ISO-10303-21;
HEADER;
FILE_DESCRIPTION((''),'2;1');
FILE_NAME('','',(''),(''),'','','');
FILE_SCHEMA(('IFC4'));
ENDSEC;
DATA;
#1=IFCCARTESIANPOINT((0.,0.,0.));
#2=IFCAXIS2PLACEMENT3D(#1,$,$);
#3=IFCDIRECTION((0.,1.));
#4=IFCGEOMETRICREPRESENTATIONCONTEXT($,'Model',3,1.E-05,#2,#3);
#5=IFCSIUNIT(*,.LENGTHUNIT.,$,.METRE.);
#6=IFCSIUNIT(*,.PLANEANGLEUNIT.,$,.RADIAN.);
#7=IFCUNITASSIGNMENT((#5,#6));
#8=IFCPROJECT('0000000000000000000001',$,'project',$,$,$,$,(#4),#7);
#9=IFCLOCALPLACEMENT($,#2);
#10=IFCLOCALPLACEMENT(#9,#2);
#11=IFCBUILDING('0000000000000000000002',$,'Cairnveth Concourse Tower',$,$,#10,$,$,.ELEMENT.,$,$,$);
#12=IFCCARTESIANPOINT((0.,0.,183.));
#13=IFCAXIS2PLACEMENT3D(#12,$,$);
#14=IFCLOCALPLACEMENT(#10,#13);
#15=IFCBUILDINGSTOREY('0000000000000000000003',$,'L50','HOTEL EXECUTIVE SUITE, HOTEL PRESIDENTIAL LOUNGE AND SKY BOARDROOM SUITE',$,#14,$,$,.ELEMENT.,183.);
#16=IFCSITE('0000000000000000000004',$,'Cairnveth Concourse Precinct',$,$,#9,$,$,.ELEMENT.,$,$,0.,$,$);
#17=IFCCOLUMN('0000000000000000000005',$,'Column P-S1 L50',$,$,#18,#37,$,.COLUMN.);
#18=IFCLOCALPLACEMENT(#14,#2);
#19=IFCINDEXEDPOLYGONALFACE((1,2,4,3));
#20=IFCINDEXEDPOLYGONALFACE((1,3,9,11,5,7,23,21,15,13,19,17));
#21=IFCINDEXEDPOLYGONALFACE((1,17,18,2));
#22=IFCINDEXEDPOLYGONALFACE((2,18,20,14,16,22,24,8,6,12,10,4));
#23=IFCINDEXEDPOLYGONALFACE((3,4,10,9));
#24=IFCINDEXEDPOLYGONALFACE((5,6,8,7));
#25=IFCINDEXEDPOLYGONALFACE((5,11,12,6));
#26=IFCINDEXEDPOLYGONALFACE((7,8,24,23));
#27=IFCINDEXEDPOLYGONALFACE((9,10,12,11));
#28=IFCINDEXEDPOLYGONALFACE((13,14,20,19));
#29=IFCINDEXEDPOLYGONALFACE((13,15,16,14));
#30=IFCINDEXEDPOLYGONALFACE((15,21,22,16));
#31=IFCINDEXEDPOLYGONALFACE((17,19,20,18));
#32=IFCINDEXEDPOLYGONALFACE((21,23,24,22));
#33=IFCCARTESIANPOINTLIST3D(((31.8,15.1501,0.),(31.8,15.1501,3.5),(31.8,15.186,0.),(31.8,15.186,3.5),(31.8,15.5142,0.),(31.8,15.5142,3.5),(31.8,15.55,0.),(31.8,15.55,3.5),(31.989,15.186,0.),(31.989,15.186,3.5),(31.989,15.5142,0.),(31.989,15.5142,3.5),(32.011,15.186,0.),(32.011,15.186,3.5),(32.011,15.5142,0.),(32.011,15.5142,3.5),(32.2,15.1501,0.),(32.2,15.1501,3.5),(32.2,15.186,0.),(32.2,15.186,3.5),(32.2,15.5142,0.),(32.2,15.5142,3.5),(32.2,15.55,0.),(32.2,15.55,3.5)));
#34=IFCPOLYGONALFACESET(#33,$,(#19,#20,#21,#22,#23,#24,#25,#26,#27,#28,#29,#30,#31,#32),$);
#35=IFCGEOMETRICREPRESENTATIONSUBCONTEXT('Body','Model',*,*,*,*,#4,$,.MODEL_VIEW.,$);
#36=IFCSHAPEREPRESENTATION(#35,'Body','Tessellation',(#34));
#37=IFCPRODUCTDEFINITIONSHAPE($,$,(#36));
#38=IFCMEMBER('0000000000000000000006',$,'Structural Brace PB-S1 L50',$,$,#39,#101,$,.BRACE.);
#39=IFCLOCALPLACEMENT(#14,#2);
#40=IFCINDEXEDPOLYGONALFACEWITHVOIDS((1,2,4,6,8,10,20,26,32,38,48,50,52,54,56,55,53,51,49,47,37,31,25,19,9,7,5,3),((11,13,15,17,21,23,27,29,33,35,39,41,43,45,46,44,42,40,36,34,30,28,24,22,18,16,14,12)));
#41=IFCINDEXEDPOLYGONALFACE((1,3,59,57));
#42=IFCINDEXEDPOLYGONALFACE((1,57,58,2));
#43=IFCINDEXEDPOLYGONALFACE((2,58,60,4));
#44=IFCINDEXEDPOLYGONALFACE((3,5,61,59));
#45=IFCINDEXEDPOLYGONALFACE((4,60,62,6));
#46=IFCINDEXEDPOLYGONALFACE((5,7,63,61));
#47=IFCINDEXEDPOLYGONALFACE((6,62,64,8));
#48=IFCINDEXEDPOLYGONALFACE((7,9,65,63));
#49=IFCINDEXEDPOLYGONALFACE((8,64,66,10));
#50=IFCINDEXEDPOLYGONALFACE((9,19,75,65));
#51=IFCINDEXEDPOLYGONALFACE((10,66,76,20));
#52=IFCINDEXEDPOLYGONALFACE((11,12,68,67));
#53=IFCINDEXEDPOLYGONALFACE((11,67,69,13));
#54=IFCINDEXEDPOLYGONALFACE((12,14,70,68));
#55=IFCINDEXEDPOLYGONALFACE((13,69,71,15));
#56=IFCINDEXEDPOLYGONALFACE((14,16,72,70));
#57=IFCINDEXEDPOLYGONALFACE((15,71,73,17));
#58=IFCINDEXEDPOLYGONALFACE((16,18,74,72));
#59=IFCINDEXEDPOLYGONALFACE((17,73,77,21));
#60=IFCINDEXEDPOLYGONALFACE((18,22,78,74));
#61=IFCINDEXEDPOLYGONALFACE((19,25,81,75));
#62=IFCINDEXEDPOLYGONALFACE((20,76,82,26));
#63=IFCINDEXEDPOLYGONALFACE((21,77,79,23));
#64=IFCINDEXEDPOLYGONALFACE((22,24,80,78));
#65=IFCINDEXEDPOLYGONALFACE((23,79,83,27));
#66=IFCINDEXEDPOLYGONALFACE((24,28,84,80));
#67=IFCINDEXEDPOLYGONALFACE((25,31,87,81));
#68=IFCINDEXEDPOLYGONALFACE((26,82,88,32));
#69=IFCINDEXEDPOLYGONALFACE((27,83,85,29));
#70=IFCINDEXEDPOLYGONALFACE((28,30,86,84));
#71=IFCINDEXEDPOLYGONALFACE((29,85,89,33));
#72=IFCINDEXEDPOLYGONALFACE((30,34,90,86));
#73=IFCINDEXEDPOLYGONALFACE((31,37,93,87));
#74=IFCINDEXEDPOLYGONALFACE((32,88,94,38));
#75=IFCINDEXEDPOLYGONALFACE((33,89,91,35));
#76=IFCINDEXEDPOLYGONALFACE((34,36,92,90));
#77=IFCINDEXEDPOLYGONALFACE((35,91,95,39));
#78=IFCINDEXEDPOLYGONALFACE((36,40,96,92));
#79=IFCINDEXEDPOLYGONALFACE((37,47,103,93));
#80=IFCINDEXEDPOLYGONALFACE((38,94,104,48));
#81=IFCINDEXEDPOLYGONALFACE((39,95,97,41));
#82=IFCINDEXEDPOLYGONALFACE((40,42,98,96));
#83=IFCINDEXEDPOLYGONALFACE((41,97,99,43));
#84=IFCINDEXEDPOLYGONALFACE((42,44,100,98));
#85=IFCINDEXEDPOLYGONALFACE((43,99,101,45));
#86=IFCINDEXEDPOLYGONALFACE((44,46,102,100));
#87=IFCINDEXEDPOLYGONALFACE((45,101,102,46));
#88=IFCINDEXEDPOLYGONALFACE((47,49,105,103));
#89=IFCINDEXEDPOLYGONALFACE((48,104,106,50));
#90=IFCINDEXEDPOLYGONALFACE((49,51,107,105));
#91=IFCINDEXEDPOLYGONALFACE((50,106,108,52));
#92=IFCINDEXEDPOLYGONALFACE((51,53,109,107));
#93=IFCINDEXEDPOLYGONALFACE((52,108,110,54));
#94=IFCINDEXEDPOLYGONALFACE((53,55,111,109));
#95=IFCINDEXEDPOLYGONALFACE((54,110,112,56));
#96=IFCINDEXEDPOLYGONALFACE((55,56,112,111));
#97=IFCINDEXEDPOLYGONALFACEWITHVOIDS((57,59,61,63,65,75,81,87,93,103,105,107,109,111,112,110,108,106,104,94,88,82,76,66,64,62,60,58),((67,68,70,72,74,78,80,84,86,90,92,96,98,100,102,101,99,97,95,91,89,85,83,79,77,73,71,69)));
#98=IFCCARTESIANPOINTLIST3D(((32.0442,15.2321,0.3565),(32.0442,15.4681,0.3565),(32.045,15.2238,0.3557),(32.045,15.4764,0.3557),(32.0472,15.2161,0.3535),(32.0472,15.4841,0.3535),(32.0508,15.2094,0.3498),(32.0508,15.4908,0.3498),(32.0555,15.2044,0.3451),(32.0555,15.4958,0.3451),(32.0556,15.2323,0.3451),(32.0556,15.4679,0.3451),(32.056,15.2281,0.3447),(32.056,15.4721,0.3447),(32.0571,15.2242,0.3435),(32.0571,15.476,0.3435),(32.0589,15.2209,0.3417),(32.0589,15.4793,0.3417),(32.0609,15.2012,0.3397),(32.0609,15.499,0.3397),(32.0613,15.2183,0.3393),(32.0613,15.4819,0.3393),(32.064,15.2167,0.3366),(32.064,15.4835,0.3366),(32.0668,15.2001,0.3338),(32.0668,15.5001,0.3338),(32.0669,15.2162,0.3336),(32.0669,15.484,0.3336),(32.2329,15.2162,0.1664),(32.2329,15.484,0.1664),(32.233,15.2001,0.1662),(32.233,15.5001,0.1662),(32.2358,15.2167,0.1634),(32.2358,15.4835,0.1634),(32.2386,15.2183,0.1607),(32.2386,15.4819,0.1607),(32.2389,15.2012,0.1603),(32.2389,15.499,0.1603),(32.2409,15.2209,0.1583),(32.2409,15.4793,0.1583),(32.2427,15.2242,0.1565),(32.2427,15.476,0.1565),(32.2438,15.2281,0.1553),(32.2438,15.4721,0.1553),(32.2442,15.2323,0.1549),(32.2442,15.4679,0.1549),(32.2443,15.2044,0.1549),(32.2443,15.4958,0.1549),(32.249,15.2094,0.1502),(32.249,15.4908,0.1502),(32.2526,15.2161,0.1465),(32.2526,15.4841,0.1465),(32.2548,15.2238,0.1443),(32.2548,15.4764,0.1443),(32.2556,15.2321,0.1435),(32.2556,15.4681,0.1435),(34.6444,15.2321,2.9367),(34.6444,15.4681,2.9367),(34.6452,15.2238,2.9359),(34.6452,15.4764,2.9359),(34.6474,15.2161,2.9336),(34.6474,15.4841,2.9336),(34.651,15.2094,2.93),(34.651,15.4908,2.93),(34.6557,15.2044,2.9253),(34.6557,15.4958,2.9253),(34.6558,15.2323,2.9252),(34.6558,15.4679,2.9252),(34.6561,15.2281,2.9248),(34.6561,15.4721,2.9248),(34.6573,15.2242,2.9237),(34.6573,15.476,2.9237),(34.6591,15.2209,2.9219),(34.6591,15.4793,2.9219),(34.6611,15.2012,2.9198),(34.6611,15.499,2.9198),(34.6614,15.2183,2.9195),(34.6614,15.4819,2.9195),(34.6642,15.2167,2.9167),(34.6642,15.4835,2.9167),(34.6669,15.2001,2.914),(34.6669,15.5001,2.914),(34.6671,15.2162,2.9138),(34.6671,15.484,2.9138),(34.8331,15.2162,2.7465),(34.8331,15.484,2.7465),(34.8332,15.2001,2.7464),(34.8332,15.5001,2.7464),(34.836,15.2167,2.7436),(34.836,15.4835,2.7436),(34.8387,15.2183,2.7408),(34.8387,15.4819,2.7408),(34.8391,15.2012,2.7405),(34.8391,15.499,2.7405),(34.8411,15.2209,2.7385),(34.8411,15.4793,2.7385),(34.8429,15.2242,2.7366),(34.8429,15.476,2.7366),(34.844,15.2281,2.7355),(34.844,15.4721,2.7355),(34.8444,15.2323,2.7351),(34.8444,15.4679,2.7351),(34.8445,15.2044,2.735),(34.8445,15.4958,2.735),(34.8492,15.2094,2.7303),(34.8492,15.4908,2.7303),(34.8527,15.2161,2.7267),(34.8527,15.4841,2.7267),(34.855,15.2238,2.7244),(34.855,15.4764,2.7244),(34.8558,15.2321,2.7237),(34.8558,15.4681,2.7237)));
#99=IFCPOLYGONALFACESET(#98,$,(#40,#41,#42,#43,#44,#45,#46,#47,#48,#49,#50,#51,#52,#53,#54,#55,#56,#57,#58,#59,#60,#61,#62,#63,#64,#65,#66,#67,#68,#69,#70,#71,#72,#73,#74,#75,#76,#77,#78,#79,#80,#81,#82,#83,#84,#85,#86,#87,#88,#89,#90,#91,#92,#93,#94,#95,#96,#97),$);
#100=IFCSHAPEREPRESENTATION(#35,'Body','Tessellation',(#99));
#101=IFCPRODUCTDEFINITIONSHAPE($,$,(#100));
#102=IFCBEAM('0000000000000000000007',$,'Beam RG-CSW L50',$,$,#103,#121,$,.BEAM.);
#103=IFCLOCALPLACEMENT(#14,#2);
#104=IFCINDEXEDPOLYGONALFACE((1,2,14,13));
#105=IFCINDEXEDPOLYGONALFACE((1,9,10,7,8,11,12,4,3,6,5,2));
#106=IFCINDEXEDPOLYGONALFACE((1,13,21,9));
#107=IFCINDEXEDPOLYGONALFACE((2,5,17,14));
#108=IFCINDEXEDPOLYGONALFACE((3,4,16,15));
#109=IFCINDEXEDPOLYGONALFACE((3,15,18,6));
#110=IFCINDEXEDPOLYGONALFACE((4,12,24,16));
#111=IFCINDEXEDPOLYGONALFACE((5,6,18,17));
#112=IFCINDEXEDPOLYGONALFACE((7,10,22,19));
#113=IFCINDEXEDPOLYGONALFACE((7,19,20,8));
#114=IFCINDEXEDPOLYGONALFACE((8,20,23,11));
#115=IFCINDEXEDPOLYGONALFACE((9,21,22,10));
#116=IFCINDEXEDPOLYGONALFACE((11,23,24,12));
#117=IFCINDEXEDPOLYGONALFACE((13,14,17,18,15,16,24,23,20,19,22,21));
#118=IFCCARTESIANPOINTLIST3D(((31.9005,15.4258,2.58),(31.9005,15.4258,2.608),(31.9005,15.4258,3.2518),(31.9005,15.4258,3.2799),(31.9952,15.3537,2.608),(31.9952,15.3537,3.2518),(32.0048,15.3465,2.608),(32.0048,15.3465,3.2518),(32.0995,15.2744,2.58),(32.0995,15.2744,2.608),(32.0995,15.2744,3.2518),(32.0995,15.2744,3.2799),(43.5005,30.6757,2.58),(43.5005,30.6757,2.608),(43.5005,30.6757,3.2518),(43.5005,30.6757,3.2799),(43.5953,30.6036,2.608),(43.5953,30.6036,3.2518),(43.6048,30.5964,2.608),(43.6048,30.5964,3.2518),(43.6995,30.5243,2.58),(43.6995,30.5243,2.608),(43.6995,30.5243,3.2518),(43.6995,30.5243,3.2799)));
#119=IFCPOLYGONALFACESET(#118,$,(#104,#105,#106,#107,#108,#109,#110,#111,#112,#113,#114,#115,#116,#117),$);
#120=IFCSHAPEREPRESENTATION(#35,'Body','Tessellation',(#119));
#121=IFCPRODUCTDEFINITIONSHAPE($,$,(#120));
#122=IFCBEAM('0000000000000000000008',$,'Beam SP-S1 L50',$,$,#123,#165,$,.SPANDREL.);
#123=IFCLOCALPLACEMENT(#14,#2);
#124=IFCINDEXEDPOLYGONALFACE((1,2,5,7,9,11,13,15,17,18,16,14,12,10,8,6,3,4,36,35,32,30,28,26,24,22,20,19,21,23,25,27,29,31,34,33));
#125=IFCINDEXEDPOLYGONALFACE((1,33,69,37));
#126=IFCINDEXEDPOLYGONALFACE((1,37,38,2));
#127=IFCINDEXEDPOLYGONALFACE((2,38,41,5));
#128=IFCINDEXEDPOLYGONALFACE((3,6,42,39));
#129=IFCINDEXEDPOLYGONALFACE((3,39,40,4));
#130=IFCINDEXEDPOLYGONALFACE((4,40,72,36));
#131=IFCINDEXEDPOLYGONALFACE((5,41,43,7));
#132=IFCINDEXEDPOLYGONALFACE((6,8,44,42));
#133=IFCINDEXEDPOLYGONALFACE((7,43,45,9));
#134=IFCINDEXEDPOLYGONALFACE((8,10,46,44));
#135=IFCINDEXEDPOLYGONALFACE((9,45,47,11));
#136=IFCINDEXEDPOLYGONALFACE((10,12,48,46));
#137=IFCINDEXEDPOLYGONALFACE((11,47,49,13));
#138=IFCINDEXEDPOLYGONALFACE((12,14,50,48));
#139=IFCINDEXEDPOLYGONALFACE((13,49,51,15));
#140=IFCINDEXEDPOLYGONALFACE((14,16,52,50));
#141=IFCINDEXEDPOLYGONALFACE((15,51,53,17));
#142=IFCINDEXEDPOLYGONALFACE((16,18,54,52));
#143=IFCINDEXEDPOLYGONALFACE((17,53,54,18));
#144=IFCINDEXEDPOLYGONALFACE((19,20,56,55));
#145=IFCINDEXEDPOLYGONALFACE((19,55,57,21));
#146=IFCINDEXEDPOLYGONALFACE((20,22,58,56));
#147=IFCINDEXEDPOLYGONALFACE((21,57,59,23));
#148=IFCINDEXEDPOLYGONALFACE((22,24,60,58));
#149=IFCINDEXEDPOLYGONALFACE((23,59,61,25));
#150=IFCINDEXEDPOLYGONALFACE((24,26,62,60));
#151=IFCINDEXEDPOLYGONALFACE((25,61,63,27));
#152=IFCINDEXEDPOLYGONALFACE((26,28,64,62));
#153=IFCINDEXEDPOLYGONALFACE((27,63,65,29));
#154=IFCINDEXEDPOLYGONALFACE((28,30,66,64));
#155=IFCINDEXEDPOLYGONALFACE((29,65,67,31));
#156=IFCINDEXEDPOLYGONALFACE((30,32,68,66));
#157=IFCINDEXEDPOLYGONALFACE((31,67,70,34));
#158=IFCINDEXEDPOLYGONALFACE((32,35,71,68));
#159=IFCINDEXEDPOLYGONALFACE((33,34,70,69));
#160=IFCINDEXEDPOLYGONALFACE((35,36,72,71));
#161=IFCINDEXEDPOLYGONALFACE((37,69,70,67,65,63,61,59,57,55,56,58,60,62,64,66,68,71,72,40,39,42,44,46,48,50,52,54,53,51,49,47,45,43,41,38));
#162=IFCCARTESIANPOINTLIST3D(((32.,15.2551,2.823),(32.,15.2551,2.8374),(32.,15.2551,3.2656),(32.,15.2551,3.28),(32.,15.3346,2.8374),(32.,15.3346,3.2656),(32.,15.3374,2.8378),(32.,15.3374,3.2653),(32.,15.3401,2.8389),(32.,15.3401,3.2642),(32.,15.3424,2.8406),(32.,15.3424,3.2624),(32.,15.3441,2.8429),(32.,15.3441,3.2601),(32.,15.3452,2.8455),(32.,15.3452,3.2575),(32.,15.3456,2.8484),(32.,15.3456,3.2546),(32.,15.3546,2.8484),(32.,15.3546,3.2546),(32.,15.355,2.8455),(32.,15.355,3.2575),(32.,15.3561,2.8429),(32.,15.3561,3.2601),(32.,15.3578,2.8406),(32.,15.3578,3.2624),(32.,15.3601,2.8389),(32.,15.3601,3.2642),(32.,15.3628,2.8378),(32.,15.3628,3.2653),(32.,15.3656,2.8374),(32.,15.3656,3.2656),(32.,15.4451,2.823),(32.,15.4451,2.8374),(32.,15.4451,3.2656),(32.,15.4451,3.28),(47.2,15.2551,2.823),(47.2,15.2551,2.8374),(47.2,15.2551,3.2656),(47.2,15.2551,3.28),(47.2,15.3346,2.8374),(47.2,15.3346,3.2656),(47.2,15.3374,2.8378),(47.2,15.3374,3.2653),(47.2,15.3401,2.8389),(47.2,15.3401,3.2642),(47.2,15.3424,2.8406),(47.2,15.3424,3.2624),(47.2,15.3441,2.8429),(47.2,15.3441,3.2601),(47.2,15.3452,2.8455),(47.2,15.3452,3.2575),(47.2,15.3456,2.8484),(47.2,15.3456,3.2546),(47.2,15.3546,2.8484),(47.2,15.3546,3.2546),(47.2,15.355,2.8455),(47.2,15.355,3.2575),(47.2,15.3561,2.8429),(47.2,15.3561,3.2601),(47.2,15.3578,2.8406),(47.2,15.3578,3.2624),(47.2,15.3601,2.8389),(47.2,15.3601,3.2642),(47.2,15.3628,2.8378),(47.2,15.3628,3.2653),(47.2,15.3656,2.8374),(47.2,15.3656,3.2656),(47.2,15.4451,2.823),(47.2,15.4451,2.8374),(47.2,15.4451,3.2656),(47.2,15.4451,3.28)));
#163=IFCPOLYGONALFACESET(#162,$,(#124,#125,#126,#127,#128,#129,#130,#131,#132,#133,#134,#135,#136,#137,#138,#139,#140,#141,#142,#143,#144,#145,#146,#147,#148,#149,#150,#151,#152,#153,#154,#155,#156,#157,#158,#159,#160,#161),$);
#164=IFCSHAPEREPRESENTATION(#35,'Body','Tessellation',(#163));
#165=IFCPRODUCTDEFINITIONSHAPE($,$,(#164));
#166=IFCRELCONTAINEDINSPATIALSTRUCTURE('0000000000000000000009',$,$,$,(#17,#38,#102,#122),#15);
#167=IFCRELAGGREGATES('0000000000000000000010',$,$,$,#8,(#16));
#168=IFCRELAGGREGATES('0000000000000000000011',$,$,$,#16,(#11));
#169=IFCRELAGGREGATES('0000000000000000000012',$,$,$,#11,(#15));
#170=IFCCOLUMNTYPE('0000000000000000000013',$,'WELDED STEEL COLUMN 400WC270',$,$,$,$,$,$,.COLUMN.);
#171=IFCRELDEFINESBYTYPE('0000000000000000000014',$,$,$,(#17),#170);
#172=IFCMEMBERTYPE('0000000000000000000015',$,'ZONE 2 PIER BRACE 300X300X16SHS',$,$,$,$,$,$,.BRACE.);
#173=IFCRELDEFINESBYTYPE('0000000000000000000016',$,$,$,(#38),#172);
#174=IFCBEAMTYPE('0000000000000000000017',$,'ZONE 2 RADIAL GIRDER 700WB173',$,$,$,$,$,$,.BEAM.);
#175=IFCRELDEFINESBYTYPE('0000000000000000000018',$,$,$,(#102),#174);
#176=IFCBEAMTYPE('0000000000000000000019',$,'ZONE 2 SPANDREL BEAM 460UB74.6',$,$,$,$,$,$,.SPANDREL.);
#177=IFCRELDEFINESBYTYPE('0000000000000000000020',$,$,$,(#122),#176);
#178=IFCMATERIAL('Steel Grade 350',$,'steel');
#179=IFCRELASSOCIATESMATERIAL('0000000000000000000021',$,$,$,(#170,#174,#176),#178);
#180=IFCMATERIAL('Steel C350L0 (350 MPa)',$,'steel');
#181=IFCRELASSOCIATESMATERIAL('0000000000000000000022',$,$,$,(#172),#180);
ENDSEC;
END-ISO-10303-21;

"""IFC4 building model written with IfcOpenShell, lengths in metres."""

from ifc_helpers import new_model, si_unit, direction, frame, origin, origin_2d, place, context, subcontext, project, spatial, hollow_rectangle, i_section, extrude, material, material_profile, profile_set, type_object, element, save


model = new_model("IFC4")

# Units and contexts
model_context = context("Model", 3, precision=1e-05, world=origin(), true_north=direction((0.0, 1.0)))
body_context = subcontext(model_context, "Body", "Model", "MODEL_VIEW")
ifc_project = project(units=[si_unit("LENGTHUNIT", "METRE"), si_unit("PLANEANGLEUNIT", "RADIAN")], contexts=[model_context])

# Site, building, storey
site_placement = place(None, origin())
site = spatial("IfcSite", under=ifc_project, at=site_placement, Name="Cairnveth Concourse Precinct", CompositionType="ELEMENT", RefElevation=0.0)
building_placement = place(site_placement, origin())
building = spatial("IfcBuilding", under=site, at=building_placement, Name="Cairnveth Concourse Tower", CompositionType="ELEMENT")
storey_placement = place(building_placement, frame((0.0, 0.0, 183.0)))
storey = spatial("IfcBuildingStorey", under=building, at=storey_placement, Name="L50", Description="HOTEL EXECUTIVE SUITE, HOTEL PRESIDENTIAL LOUNGE AND SKY BOARDROOM SUITE", CompositionType="ELEMENT", Elevation=183.0)

# Column
ifc_material_1 = material(Name="Steel Grade 350", Category="steel")
ifc_material_profile_1 = material_profile(ifc_material_1, i_section(OverallWidth=0.3999, OverallDepth=0.3999, WebThickness=0.022, FlangeThickness=0.0359, at=origin_2d()), Name="400WC270")
ifc_profile_set_1 = profile_set([ifc_material_profile_1], Name="Steel Grade 350")
column_type = type_object("IfcColumnType", Name="WELDED STEEL COLUMN 400WC270", PredefinedType="COLUMN", material=ifc_profile_set_1)
column_placement = place(storey_placement, frame((32.0, 15.3501, 0.0), z_axis=(0.0, 0.0, 1.0), x_axis=(1.0, 0.0, 0.0)))
element("IfcColumn", 1, at=column_placement, inside=storey, type_object=column_type, Name="Column P-S1 L50", PredefinedType="COLUMN", context=body_context, shape_type="SweptSolid", body=[
    extrude(i_section(OverallWidth=0.3999, OverallDepth=0.3999, WebThickness=0.022, FlangeThickness=0.0359, at=origin_2d()), origin(), (0.0, 0.0, 1.0), 3.5),
])

# Member
ifc_material_2 = material(Name="Steel C350L0 (350 MPa)", Category="steel")
ifc_material_profile_2 = material_profile(ifc_material_2, hollow_rectangle(XDim=0.3, YDim=0.3, WallThickness=0.0161, InnerFilletRadius=0.0161, OuterFilletRadius=0.032, at=origin_2d()), Name="300x300x16.0SHS")
ifc_profile_set_2 = profile_set([ifc_material_profile_2], Name="Steel C350L0 (350 MPa)")
member_type = type_object("IfcMemberType", Name="ZONE 2 PIER BRACE 300X300X16SHS", PredefinedType="BRACE", material=ifc_profile_set_2)
member_placement = place(storey_placement, frame((32.1499, 15.3501, 0.25), z_axis=(0.709834, 0.0, 0.704369), x_axis=(0.0, 1.0, 0.0)))
element("IfcMember", 2, at=member_placement, inside=storey, type_object=member_type, Name="Structural Brace PB-S1 L50", PredefinedType="BRACE", context=body_context, shape_type="SweptSolid", body=[
    extrude(hollow_rectangle(XDim=0.3, YDim=0.3, WallThickness=0.0161, InnerFilletRadius=0.0161, OuterFilletRadius=0.032, at=origin_2d()), origin(), (0.0, 0.0, 1.0), 3.6631),
])

# Beams
ifc_material_profile_3 = material_profile(ifc_material_1, i_section(OverallWidth=0.25, OverallDepth=0.7, WebThickness=0.012, FlangeThickness=0.0281, at=origin_2d()), Name="700WB173")
ifc_profile_set_3 = profile_set([ifc_material_profile_3], Name="Steel Grade 350")
beam_type_1 = type_object("IfcBeamType", Name="ZONE 2 RADIAL GIRDER 700WB173", PredefinedType="BEAM", material=ifc_profile_set_3)
beam_1_placement = place(storey_placement, frame((32.0, 15.3501, 2.9299), z_axis=(0.605417, 0.795908, 0.0), x_axis=(-0.795908, 0.605417, 0.0)))
element("IfcBeam", 3, at=beam_1_placement, inside=storey, type_object=beam_type_1, Name="Beam RG-CSW L50", PredefinedType="BEAM", context=body_context, shape_type="SweptSolid", body=[
    extrude(i_section(OverallWidth=0.25, OverallDepth=0.7, WebThickness=0.012, FlangeThickness=0.0281, at=origin_2d()), origin(), (0.0, 0.0, 1.0), 19.1604),
])
ifc_material_profile_4 = material_profile(ifc_material_1, i_section(OverallWidth=0.1899, OverallDepth=0.457, WebThickness=0.009, FlangeThickness=0.0144, FilletRadius=0.011, at=origin_2d()), Name="460UB74.6")
ifc_profile_set_4 = profile_set([ifc_material_profile_4], Name="Steel Grade 350")
beam_type_2 = type_object("IfcBeamType", Name="ZONE 2 SPANDREL BEAM 460UB74.6", PredefinedType="SPANDREL", material=ifc_profile_set_4)
beam_2_placement = place(storey_placement, frame((32.0, 15.3501, 3.0515), z_axis=(1.0, 0.0, 0.0), x_axis=(0.0, 1.0, 0.0)))
element("IfcBeam", 4, at=beam_2_placement, inside=storey, type_object=beam_type_2, Name="Beam SP-S1 L50", PredefinedType="SPANDREL", context=body_context, shape_type="SweptSolid", body=[
    extrude(i_section(OverallWidth=0.1899, OverallDepth=0.457, WebThickness=0.009, FlangeThickness=0.0144, FilletRadius=0.011, at=origin_2d()), origin(), (0.0, 0.0, 1.0), 15.2),
])

save(model, "model.ifc")
